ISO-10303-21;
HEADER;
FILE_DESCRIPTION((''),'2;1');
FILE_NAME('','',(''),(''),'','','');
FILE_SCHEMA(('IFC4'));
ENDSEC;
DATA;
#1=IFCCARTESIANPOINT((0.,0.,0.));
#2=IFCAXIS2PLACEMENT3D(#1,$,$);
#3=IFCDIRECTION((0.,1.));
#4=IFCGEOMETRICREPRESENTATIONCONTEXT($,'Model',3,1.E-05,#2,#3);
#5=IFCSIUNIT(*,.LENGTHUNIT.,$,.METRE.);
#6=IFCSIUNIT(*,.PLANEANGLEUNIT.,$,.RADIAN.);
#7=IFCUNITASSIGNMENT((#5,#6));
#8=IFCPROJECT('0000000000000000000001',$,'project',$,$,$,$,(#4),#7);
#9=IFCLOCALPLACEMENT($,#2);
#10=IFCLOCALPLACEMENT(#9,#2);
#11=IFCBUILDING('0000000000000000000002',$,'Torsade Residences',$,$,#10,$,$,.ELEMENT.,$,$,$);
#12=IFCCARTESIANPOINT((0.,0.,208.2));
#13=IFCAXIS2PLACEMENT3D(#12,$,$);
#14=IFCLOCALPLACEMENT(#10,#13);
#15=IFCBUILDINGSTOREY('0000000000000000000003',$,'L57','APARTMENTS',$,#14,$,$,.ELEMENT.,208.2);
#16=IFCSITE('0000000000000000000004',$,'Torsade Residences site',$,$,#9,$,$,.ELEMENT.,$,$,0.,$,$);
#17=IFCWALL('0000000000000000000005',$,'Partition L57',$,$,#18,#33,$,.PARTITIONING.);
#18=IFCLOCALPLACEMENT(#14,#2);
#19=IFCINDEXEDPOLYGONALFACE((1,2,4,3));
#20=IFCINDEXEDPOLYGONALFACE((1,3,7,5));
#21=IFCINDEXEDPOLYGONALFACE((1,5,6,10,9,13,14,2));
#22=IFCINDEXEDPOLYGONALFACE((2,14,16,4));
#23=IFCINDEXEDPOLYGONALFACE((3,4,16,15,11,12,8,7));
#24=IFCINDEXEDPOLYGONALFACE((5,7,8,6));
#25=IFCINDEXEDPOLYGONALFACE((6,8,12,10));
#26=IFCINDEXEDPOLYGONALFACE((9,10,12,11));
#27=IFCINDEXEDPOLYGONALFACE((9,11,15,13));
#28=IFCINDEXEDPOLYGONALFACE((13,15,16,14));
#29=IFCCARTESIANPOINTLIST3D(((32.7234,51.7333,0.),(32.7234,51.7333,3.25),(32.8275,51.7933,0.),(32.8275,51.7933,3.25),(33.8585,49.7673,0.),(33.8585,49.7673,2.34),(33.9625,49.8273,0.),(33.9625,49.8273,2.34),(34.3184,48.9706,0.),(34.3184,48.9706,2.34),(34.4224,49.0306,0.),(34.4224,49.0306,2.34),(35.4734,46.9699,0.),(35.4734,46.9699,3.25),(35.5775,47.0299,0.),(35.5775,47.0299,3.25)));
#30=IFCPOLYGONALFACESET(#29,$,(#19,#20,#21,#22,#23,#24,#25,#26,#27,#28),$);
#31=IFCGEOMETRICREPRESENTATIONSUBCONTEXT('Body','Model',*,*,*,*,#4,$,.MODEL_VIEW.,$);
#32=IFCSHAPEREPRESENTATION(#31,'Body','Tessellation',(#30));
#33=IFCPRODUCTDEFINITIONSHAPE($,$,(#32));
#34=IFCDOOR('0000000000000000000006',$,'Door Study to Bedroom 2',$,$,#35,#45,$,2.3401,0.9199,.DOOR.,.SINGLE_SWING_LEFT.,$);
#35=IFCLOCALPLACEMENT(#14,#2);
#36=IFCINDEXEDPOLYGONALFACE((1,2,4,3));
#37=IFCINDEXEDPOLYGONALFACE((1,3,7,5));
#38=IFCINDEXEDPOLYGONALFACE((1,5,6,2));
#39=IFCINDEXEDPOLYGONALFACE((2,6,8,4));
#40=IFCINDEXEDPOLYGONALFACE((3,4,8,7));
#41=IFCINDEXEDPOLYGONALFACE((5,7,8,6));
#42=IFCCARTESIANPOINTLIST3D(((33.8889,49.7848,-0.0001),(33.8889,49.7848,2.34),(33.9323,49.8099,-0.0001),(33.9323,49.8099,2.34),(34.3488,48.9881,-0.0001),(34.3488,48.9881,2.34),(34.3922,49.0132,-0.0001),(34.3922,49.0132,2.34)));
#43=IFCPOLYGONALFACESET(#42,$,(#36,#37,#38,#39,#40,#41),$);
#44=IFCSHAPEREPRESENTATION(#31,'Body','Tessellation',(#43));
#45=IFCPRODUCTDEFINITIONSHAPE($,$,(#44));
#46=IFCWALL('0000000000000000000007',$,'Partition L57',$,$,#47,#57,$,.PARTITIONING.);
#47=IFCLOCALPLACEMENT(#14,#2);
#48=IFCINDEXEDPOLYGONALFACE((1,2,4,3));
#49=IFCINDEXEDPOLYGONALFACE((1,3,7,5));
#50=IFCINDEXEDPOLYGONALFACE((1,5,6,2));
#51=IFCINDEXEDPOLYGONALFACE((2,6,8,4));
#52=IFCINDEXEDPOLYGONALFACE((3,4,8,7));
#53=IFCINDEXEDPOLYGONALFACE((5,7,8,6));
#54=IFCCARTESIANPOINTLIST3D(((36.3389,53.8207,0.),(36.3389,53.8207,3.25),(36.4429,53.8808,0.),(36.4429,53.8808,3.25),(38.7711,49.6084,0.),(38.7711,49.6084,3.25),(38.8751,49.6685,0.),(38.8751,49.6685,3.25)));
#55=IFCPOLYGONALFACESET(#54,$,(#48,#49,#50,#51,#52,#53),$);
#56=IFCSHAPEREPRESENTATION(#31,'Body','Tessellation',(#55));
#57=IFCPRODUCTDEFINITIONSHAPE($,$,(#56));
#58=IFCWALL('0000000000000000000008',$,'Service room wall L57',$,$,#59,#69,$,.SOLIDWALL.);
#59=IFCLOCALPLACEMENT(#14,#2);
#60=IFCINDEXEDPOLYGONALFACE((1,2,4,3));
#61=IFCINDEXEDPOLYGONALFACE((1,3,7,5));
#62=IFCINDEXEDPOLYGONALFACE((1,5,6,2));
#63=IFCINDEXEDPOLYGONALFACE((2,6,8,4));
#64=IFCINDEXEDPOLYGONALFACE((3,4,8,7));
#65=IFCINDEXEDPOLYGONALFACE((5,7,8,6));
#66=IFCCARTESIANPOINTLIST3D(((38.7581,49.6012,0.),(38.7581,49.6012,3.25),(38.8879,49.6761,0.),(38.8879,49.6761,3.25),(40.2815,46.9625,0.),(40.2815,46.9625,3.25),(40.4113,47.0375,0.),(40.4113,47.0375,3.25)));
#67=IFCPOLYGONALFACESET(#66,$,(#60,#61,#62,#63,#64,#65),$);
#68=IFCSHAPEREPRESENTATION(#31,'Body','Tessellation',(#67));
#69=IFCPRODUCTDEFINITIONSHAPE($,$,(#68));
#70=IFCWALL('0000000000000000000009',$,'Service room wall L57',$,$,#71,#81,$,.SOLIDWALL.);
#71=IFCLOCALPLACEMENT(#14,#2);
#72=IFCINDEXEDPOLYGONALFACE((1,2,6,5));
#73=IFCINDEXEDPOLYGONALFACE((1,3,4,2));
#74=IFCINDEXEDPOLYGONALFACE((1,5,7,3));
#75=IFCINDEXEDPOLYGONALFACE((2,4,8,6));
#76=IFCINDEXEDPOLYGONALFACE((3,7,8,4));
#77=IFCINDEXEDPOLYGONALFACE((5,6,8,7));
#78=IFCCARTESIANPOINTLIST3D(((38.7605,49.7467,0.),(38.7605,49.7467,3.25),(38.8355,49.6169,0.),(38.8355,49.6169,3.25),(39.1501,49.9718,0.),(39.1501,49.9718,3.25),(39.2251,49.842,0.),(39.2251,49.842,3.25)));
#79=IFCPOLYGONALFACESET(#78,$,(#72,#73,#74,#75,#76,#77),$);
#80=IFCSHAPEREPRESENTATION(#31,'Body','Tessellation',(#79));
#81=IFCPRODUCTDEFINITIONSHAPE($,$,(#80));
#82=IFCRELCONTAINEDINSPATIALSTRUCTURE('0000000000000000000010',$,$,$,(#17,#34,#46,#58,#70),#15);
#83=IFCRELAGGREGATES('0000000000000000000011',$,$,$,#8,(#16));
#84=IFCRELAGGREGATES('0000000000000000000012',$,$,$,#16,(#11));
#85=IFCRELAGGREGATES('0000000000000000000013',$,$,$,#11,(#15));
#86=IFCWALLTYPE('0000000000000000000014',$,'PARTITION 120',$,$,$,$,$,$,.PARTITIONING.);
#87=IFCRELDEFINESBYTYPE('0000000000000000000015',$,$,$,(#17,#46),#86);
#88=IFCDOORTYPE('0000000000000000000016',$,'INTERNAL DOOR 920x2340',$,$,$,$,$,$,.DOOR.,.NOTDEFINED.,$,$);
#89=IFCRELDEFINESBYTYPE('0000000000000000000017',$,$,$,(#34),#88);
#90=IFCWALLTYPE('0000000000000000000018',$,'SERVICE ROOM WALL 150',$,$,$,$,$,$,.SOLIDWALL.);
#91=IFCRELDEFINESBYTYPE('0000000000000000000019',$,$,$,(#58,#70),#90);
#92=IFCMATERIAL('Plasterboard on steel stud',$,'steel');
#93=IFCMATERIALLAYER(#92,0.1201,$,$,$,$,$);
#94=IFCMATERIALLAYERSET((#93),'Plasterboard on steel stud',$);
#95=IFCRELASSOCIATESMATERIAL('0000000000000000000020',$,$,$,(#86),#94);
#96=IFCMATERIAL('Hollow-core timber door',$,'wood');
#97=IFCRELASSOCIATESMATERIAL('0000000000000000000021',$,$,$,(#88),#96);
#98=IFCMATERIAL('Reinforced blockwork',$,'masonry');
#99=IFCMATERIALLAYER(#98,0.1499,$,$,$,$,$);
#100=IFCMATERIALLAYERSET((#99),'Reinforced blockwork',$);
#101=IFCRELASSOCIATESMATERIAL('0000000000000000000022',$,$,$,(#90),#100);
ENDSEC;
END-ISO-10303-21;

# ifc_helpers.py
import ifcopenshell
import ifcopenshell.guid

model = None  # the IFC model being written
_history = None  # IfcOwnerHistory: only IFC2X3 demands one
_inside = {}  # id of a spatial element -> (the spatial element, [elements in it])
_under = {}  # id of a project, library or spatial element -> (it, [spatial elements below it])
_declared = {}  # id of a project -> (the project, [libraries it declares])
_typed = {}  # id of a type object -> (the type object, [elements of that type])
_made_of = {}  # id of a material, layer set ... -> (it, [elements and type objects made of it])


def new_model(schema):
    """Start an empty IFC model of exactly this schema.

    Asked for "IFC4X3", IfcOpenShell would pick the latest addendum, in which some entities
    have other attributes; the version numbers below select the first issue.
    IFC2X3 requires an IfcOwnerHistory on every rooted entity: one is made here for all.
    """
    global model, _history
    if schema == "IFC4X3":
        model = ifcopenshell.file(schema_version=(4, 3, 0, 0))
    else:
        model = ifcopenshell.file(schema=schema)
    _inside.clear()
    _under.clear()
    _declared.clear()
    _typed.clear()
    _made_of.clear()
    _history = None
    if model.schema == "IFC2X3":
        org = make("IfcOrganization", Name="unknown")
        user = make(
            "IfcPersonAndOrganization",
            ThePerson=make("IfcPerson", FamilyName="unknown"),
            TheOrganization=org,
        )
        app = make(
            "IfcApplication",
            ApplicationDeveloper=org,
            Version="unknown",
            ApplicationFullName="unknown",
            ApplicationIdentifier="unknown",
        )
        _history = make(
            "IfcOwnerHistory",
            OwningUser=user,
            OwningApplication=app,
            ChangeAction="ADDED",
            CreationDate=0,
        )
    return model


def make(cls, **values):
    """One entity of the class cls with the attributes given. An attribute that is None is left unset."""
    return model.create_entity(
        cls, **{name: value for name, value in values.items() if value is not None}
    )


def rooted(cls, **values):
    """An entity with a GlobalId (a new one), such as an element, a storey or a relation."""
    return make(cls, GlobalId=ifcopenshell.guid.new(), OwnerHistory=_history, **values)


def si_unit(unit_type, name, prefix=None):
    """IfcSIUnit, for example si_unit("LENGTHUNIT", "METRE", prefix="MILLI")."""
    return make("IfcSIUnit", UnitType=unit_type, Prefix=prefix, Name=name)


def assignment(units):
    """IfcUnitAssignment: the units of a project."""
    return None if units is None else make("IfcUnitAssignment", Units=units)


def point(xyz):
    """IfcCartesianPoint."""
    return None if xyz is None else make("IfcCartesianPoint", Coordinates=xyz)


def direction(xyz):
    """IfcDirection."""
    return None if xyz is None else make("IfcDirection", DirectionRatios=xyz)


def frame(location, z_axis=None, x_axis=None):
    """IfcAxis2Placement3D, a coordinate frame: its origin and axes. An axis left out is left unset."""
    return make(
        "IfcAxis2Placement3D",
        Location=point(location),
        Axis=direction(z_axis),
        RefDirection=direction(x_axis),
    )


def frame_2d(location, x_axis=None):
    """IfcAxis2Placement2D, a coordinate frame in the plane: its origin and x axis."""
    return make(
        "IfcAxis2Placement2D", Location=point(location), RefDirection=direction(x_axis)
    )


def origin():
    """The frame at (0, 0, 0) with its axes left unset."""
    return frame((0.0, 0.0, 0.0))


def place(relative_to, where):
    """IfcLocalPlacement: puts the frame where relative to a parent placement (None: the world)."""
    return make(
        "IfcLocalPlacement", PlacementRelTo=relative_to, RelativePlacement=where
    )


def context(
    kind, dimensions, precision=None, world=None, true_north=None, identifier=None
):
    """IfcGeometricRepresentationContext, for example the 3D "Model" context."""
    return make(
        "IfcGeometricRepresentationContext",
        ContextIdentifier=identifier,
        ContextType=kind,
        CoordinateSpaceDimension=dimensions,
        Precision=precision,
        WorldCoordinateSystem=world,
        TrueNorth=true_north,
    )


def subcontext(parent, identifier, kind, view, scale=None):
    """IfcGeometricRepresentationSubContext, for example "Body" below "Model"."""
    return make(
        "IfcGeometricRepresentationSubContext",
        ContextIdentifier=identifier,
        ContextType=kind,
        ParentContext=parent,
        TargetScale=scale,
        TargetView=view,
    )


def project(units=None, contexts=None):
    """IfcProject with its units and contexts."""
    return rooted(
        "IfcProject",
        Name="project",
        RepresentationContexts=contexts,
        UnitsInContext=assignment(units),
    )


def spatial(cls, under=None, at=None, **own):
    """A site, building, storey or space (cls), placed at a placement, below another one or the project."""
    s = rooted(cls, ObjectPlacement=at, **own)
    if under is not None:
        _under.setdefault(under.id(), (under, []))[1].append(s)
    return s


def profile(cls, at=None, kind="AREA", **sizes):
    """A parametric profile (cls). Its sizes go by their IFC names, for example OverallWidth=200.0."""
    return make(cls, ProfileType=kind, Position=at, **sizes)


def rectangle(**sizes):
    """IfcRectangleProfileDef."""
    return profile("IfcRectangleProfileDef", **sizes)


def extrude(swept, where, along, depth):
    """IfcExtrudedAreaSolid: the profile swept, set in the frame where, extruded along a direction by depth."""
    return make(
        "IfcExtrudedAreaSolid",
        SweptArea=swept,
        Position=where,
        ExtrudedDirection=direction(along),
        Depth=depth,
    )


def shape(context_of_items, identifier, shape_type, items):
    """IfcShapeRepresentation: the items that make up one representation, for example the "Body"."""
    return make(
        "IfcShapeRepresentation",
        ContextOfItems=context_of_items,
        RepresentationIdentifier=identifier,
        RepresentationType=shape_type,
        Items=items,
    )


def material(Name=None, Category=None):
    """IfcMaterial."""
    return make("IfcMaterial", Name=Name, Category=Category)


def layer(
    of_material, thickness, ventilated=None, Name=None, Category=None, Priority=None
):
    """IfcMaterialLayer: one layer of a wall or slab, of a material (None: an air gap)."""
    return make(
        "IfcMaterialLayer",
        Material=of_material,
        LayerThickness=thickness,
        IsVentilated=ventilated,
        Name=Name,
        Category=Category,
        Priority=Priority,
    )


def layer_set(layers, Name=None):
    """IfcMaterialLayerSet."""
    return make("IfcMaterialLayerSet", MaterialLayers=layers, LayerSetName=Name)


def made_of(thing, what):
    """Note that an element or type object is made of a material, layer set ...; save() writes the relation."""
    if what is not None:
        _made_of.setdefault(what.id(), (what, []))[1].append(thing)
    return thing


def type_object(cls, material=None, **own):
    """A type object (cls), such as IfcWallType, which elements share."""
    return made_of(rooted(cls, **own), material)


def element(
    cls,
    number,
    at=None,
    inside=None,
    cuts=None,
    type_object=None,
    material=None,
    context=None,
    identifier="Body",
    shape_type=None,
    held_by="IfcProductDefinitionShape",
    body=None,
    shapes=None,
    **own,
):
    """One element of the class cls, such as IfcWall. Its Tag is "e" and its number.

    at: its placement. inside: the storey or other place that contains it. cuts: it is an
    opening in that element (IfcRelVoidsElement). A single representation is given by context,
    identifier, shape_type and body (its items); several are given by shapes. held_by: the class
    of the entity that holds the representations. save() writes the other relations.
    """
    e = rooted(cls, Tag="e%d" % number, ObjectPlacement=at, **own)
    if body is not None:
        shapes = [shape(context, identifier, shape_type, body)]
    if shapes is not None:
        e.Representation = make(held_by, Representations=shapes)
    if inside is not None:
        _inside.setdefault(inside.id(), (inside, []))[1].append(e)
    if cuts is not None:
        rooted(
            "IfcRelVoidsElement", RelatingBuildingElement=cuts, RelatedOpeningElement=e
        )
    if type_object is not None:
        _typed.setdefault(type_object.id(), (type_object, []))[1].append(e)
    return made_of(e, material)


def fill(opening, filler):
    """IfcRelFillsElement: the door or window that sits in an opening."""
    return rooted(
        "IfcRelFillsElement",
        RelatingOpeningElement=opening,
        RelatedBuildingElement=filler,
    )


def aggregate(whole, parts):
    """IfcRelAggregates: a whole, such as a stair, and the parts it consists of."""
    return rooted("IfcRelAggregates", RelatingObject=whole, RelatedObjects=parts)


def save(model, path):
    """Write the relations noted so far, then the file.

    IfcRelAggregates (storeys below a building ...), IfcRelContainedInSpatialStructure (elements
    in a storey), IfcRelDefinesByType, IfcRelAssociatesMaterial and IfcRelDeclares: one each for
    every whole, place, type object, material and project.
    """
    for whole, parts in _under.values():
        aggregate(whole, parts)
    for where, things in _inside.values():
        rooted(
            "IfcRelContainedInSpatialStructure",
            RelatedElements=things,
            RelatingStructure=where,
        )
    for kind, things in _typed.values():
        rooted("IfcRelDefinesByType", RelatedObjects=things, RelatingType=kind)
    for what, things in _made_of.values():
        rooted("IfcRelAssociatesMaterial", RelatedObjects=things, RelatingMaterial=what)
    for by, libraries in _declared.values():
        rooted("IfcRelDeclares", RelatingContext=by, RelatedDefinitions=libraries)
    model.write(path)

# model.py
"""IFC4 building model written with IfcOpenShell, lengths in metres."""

from ifc_helpers import new_model, si_unit, direction, frame, frame_2d, origin, place, context, subcontext, project, spatial, rectangle, extrude, material, layer, layer_set, type_object, element, fill, save


model = new_model("IFC4")

# Units and contexts
model_context = context("Model", 3, precision=1e-05, world=origin(), true_north=direction((0.0, 1.0)))
body_context = subcontext(model_context, "Body", "Model", "MODEL_VIEW")
ifc_project = project(units=[si_unit("LENGTHUNIT", "METRE"), si_unit("PLANEANGLEUNIT", "RADIAN")], contexts=[model_context])

# Site, building, storey
site_placement = place(None, origin())
site = spatial("IfcSite", under=ifc_project, at=site_placement, Name="Torsade Residences site", CompositionType="ELEMENT", RefElevation=0.0)
building_placement = place(site_placement, origin())
building = spatial("IfcBuilding", under=site, at=building_placement, Name="Torsade Residences", CompositionType="ELEMENT")
storey_placement = place(building_placement, frame((0.0, 0.0, 208.2)))
storey = spatial("IfcBuildingStorey", under=building, at=storey_placement, Name="L57", Description="APARTMENTS", CompositionType="ELEMENT", Elevation=208.2)

# Wall, opening, door
ifc_material_1 = material(Name="Plasterboard on steel stud", Category="steel")
ifc_layer_1 = layer(ifc_material_1, 0.1201)
ifc_layer_set_1 = layer_set([ifc_layer_1], Name="Plasterboard on steel stud")
wall_type_1 = type_object("IfcWallType", Name="PARTITION 120", PredefinedType="PARTITIONING", material=ifc_layer_set_1)
wall_1_placement = place(storey_placement, frame((35.5254, 47.0, 0.0), z_axis=(0.0, 0.0, 1.0), x_axis=(-0.499977, 0.866038, 0.0)))
wall_1 = element("IfcWall", 1, at=wall_1_placement, inside=storey, type_object=wall_type_1, Name="Partition L57", PredefinedType="PARTITIONING", context=body_context, shape_type="SweptSolid", body=[
    extrude(rectangle(XDim=5.5002, YDim=0.1201, at=frame_2d((2.75, 0.0))), origin(), (0.0, 0.0, 1.0), 3.25),
])
opening_1_placement = place(wall_1_placement, frame((2.3101, 0.0, 0.0)))
opening_1 = element("IfcOpeningElement", 2, at=opening_1_placement, cuts=wall_1, PredefinedType="OPENING", context=body_context, shape_type="SweptSolid", body=[
    extrude(rectangle(XDim=0.9199, YDim=2.3401, at=frame_2d((0.46, 1.1699))), frame((0.0, 0.0701, 0.0), z_axis=(0.0, -1.0, 0.0), x_axis=(1.0, 0.0, 0.0)), (0.0, 0.0, 1.0), 0.1401),
])
ifc_material_2 = material(Name="Hollow-core timber door", Category="wood")
door_type_1 = type_object("IfcDoorType", Name="INTERNAL DOOR 920x2340", OperationType="NOTDEFINED", PredefinedType="DOOR", material=ifc_material_2)
door_1_placement = place(opening_1_placement, origin())
door_1 = element("IfcDoor", 3, at=door_1_placement, inside=storey, type_object=door_type_1, Name="Door Study to Bedroom 2", OperationType="SINGLE_SWING_LEFT", OverallHeight=2.3401, OverallWidth=0.9199, PredefinedType="DOOR", context=body_context, shape_type="SweptSolid", body=[
    extrude(rectangle(XDim=0.9199, YDim=2.3401, at=frame_2d((0.46, 1.1699))), frame((0.0, 0.0249, 0.0), z_axis=(0.0, -1.0, 0.0), x_axis=(1.0, 0.0, 0.0)), (0.0, 0.0, 1.0), 0.05),
])
fill(opening_1, door_1)

# Walls
wall_2_placement = place(storey_placement, frame((36.3909, 53.8508, 0.0), z_axis=(0.0, 0.0, 1.0), x_axis=(0.500037, -0.866004, 0.0)))
element("IfcWall", 4, at=wall_2_placement, inside=storey, type_object=wall_type_1, Name="Partition L57", PredefinedType="PARTITIONING", context=body_context, shape_type="SweptSolid", body=[
    extrude(rectangle(XDim=4.864, YDim=0.1201, at=frame_2d((2.4321, 0.0))), origin(), (0.0, 0.0, 1.0), 3.25),
])
ifc_material_3 = material(Name="Reinforced blockwork", Category="masonry")
ifc_layer_2 = layer(ifc_material_3, 0.1499)
ifc_layer_set_2 = layer_set([ifc_layer_2], Name="Reinforced blockwork")
wall_type_2 = type_object("IfcWallType", Name="SERVICE ROOM WALL 150", PredefinedType="SOLIDWALL", material=ifc_layer_set_2)
wall_3_placement = place(storey_placement, frame((38.823, 49.6387, 0.0), z_axis=(0.0, 0.0, 1.0), x_axis=(0.5, -0.866025, 0.0)))
element("IfcWall", 5, at=wall_3_placement, inside=storey, type_object=wall_type_2, Name="Service room wall L57", PredefinedType="SOLIDWALL", context=body_context, shape_type="SweptSolid", body=[
    extrude(rectangle(XDim=3.0469, YDim=0.1499, at=frame_2d((1.5234, 0.0))), origin(), (0.0, 0.0, 1.0), 3.25),
])
wall_4_placement = place(storey_placement, frame((39.1877, 49.907, 0.0), z_axis=(0.0, 0.0, 1.0), x_axis=(-0.865896, -0.500223, 0.0)))
element("IfcWall", 6, at=wall_4_placement, inside=storey, type_object=wall_type_2, Name="Service room wall L57", PredefinedType="SOLIDWALL", context=body_context, shape_type="SweptSolid", body=[
    extrude(rectangle(XDim=0.45, YDim=0.1499, at=frame_2d((0.2251, 0.0))), origin(), (0.0, 0.0, 1.0), 3.25),
])

save(model, "model.ifc")
